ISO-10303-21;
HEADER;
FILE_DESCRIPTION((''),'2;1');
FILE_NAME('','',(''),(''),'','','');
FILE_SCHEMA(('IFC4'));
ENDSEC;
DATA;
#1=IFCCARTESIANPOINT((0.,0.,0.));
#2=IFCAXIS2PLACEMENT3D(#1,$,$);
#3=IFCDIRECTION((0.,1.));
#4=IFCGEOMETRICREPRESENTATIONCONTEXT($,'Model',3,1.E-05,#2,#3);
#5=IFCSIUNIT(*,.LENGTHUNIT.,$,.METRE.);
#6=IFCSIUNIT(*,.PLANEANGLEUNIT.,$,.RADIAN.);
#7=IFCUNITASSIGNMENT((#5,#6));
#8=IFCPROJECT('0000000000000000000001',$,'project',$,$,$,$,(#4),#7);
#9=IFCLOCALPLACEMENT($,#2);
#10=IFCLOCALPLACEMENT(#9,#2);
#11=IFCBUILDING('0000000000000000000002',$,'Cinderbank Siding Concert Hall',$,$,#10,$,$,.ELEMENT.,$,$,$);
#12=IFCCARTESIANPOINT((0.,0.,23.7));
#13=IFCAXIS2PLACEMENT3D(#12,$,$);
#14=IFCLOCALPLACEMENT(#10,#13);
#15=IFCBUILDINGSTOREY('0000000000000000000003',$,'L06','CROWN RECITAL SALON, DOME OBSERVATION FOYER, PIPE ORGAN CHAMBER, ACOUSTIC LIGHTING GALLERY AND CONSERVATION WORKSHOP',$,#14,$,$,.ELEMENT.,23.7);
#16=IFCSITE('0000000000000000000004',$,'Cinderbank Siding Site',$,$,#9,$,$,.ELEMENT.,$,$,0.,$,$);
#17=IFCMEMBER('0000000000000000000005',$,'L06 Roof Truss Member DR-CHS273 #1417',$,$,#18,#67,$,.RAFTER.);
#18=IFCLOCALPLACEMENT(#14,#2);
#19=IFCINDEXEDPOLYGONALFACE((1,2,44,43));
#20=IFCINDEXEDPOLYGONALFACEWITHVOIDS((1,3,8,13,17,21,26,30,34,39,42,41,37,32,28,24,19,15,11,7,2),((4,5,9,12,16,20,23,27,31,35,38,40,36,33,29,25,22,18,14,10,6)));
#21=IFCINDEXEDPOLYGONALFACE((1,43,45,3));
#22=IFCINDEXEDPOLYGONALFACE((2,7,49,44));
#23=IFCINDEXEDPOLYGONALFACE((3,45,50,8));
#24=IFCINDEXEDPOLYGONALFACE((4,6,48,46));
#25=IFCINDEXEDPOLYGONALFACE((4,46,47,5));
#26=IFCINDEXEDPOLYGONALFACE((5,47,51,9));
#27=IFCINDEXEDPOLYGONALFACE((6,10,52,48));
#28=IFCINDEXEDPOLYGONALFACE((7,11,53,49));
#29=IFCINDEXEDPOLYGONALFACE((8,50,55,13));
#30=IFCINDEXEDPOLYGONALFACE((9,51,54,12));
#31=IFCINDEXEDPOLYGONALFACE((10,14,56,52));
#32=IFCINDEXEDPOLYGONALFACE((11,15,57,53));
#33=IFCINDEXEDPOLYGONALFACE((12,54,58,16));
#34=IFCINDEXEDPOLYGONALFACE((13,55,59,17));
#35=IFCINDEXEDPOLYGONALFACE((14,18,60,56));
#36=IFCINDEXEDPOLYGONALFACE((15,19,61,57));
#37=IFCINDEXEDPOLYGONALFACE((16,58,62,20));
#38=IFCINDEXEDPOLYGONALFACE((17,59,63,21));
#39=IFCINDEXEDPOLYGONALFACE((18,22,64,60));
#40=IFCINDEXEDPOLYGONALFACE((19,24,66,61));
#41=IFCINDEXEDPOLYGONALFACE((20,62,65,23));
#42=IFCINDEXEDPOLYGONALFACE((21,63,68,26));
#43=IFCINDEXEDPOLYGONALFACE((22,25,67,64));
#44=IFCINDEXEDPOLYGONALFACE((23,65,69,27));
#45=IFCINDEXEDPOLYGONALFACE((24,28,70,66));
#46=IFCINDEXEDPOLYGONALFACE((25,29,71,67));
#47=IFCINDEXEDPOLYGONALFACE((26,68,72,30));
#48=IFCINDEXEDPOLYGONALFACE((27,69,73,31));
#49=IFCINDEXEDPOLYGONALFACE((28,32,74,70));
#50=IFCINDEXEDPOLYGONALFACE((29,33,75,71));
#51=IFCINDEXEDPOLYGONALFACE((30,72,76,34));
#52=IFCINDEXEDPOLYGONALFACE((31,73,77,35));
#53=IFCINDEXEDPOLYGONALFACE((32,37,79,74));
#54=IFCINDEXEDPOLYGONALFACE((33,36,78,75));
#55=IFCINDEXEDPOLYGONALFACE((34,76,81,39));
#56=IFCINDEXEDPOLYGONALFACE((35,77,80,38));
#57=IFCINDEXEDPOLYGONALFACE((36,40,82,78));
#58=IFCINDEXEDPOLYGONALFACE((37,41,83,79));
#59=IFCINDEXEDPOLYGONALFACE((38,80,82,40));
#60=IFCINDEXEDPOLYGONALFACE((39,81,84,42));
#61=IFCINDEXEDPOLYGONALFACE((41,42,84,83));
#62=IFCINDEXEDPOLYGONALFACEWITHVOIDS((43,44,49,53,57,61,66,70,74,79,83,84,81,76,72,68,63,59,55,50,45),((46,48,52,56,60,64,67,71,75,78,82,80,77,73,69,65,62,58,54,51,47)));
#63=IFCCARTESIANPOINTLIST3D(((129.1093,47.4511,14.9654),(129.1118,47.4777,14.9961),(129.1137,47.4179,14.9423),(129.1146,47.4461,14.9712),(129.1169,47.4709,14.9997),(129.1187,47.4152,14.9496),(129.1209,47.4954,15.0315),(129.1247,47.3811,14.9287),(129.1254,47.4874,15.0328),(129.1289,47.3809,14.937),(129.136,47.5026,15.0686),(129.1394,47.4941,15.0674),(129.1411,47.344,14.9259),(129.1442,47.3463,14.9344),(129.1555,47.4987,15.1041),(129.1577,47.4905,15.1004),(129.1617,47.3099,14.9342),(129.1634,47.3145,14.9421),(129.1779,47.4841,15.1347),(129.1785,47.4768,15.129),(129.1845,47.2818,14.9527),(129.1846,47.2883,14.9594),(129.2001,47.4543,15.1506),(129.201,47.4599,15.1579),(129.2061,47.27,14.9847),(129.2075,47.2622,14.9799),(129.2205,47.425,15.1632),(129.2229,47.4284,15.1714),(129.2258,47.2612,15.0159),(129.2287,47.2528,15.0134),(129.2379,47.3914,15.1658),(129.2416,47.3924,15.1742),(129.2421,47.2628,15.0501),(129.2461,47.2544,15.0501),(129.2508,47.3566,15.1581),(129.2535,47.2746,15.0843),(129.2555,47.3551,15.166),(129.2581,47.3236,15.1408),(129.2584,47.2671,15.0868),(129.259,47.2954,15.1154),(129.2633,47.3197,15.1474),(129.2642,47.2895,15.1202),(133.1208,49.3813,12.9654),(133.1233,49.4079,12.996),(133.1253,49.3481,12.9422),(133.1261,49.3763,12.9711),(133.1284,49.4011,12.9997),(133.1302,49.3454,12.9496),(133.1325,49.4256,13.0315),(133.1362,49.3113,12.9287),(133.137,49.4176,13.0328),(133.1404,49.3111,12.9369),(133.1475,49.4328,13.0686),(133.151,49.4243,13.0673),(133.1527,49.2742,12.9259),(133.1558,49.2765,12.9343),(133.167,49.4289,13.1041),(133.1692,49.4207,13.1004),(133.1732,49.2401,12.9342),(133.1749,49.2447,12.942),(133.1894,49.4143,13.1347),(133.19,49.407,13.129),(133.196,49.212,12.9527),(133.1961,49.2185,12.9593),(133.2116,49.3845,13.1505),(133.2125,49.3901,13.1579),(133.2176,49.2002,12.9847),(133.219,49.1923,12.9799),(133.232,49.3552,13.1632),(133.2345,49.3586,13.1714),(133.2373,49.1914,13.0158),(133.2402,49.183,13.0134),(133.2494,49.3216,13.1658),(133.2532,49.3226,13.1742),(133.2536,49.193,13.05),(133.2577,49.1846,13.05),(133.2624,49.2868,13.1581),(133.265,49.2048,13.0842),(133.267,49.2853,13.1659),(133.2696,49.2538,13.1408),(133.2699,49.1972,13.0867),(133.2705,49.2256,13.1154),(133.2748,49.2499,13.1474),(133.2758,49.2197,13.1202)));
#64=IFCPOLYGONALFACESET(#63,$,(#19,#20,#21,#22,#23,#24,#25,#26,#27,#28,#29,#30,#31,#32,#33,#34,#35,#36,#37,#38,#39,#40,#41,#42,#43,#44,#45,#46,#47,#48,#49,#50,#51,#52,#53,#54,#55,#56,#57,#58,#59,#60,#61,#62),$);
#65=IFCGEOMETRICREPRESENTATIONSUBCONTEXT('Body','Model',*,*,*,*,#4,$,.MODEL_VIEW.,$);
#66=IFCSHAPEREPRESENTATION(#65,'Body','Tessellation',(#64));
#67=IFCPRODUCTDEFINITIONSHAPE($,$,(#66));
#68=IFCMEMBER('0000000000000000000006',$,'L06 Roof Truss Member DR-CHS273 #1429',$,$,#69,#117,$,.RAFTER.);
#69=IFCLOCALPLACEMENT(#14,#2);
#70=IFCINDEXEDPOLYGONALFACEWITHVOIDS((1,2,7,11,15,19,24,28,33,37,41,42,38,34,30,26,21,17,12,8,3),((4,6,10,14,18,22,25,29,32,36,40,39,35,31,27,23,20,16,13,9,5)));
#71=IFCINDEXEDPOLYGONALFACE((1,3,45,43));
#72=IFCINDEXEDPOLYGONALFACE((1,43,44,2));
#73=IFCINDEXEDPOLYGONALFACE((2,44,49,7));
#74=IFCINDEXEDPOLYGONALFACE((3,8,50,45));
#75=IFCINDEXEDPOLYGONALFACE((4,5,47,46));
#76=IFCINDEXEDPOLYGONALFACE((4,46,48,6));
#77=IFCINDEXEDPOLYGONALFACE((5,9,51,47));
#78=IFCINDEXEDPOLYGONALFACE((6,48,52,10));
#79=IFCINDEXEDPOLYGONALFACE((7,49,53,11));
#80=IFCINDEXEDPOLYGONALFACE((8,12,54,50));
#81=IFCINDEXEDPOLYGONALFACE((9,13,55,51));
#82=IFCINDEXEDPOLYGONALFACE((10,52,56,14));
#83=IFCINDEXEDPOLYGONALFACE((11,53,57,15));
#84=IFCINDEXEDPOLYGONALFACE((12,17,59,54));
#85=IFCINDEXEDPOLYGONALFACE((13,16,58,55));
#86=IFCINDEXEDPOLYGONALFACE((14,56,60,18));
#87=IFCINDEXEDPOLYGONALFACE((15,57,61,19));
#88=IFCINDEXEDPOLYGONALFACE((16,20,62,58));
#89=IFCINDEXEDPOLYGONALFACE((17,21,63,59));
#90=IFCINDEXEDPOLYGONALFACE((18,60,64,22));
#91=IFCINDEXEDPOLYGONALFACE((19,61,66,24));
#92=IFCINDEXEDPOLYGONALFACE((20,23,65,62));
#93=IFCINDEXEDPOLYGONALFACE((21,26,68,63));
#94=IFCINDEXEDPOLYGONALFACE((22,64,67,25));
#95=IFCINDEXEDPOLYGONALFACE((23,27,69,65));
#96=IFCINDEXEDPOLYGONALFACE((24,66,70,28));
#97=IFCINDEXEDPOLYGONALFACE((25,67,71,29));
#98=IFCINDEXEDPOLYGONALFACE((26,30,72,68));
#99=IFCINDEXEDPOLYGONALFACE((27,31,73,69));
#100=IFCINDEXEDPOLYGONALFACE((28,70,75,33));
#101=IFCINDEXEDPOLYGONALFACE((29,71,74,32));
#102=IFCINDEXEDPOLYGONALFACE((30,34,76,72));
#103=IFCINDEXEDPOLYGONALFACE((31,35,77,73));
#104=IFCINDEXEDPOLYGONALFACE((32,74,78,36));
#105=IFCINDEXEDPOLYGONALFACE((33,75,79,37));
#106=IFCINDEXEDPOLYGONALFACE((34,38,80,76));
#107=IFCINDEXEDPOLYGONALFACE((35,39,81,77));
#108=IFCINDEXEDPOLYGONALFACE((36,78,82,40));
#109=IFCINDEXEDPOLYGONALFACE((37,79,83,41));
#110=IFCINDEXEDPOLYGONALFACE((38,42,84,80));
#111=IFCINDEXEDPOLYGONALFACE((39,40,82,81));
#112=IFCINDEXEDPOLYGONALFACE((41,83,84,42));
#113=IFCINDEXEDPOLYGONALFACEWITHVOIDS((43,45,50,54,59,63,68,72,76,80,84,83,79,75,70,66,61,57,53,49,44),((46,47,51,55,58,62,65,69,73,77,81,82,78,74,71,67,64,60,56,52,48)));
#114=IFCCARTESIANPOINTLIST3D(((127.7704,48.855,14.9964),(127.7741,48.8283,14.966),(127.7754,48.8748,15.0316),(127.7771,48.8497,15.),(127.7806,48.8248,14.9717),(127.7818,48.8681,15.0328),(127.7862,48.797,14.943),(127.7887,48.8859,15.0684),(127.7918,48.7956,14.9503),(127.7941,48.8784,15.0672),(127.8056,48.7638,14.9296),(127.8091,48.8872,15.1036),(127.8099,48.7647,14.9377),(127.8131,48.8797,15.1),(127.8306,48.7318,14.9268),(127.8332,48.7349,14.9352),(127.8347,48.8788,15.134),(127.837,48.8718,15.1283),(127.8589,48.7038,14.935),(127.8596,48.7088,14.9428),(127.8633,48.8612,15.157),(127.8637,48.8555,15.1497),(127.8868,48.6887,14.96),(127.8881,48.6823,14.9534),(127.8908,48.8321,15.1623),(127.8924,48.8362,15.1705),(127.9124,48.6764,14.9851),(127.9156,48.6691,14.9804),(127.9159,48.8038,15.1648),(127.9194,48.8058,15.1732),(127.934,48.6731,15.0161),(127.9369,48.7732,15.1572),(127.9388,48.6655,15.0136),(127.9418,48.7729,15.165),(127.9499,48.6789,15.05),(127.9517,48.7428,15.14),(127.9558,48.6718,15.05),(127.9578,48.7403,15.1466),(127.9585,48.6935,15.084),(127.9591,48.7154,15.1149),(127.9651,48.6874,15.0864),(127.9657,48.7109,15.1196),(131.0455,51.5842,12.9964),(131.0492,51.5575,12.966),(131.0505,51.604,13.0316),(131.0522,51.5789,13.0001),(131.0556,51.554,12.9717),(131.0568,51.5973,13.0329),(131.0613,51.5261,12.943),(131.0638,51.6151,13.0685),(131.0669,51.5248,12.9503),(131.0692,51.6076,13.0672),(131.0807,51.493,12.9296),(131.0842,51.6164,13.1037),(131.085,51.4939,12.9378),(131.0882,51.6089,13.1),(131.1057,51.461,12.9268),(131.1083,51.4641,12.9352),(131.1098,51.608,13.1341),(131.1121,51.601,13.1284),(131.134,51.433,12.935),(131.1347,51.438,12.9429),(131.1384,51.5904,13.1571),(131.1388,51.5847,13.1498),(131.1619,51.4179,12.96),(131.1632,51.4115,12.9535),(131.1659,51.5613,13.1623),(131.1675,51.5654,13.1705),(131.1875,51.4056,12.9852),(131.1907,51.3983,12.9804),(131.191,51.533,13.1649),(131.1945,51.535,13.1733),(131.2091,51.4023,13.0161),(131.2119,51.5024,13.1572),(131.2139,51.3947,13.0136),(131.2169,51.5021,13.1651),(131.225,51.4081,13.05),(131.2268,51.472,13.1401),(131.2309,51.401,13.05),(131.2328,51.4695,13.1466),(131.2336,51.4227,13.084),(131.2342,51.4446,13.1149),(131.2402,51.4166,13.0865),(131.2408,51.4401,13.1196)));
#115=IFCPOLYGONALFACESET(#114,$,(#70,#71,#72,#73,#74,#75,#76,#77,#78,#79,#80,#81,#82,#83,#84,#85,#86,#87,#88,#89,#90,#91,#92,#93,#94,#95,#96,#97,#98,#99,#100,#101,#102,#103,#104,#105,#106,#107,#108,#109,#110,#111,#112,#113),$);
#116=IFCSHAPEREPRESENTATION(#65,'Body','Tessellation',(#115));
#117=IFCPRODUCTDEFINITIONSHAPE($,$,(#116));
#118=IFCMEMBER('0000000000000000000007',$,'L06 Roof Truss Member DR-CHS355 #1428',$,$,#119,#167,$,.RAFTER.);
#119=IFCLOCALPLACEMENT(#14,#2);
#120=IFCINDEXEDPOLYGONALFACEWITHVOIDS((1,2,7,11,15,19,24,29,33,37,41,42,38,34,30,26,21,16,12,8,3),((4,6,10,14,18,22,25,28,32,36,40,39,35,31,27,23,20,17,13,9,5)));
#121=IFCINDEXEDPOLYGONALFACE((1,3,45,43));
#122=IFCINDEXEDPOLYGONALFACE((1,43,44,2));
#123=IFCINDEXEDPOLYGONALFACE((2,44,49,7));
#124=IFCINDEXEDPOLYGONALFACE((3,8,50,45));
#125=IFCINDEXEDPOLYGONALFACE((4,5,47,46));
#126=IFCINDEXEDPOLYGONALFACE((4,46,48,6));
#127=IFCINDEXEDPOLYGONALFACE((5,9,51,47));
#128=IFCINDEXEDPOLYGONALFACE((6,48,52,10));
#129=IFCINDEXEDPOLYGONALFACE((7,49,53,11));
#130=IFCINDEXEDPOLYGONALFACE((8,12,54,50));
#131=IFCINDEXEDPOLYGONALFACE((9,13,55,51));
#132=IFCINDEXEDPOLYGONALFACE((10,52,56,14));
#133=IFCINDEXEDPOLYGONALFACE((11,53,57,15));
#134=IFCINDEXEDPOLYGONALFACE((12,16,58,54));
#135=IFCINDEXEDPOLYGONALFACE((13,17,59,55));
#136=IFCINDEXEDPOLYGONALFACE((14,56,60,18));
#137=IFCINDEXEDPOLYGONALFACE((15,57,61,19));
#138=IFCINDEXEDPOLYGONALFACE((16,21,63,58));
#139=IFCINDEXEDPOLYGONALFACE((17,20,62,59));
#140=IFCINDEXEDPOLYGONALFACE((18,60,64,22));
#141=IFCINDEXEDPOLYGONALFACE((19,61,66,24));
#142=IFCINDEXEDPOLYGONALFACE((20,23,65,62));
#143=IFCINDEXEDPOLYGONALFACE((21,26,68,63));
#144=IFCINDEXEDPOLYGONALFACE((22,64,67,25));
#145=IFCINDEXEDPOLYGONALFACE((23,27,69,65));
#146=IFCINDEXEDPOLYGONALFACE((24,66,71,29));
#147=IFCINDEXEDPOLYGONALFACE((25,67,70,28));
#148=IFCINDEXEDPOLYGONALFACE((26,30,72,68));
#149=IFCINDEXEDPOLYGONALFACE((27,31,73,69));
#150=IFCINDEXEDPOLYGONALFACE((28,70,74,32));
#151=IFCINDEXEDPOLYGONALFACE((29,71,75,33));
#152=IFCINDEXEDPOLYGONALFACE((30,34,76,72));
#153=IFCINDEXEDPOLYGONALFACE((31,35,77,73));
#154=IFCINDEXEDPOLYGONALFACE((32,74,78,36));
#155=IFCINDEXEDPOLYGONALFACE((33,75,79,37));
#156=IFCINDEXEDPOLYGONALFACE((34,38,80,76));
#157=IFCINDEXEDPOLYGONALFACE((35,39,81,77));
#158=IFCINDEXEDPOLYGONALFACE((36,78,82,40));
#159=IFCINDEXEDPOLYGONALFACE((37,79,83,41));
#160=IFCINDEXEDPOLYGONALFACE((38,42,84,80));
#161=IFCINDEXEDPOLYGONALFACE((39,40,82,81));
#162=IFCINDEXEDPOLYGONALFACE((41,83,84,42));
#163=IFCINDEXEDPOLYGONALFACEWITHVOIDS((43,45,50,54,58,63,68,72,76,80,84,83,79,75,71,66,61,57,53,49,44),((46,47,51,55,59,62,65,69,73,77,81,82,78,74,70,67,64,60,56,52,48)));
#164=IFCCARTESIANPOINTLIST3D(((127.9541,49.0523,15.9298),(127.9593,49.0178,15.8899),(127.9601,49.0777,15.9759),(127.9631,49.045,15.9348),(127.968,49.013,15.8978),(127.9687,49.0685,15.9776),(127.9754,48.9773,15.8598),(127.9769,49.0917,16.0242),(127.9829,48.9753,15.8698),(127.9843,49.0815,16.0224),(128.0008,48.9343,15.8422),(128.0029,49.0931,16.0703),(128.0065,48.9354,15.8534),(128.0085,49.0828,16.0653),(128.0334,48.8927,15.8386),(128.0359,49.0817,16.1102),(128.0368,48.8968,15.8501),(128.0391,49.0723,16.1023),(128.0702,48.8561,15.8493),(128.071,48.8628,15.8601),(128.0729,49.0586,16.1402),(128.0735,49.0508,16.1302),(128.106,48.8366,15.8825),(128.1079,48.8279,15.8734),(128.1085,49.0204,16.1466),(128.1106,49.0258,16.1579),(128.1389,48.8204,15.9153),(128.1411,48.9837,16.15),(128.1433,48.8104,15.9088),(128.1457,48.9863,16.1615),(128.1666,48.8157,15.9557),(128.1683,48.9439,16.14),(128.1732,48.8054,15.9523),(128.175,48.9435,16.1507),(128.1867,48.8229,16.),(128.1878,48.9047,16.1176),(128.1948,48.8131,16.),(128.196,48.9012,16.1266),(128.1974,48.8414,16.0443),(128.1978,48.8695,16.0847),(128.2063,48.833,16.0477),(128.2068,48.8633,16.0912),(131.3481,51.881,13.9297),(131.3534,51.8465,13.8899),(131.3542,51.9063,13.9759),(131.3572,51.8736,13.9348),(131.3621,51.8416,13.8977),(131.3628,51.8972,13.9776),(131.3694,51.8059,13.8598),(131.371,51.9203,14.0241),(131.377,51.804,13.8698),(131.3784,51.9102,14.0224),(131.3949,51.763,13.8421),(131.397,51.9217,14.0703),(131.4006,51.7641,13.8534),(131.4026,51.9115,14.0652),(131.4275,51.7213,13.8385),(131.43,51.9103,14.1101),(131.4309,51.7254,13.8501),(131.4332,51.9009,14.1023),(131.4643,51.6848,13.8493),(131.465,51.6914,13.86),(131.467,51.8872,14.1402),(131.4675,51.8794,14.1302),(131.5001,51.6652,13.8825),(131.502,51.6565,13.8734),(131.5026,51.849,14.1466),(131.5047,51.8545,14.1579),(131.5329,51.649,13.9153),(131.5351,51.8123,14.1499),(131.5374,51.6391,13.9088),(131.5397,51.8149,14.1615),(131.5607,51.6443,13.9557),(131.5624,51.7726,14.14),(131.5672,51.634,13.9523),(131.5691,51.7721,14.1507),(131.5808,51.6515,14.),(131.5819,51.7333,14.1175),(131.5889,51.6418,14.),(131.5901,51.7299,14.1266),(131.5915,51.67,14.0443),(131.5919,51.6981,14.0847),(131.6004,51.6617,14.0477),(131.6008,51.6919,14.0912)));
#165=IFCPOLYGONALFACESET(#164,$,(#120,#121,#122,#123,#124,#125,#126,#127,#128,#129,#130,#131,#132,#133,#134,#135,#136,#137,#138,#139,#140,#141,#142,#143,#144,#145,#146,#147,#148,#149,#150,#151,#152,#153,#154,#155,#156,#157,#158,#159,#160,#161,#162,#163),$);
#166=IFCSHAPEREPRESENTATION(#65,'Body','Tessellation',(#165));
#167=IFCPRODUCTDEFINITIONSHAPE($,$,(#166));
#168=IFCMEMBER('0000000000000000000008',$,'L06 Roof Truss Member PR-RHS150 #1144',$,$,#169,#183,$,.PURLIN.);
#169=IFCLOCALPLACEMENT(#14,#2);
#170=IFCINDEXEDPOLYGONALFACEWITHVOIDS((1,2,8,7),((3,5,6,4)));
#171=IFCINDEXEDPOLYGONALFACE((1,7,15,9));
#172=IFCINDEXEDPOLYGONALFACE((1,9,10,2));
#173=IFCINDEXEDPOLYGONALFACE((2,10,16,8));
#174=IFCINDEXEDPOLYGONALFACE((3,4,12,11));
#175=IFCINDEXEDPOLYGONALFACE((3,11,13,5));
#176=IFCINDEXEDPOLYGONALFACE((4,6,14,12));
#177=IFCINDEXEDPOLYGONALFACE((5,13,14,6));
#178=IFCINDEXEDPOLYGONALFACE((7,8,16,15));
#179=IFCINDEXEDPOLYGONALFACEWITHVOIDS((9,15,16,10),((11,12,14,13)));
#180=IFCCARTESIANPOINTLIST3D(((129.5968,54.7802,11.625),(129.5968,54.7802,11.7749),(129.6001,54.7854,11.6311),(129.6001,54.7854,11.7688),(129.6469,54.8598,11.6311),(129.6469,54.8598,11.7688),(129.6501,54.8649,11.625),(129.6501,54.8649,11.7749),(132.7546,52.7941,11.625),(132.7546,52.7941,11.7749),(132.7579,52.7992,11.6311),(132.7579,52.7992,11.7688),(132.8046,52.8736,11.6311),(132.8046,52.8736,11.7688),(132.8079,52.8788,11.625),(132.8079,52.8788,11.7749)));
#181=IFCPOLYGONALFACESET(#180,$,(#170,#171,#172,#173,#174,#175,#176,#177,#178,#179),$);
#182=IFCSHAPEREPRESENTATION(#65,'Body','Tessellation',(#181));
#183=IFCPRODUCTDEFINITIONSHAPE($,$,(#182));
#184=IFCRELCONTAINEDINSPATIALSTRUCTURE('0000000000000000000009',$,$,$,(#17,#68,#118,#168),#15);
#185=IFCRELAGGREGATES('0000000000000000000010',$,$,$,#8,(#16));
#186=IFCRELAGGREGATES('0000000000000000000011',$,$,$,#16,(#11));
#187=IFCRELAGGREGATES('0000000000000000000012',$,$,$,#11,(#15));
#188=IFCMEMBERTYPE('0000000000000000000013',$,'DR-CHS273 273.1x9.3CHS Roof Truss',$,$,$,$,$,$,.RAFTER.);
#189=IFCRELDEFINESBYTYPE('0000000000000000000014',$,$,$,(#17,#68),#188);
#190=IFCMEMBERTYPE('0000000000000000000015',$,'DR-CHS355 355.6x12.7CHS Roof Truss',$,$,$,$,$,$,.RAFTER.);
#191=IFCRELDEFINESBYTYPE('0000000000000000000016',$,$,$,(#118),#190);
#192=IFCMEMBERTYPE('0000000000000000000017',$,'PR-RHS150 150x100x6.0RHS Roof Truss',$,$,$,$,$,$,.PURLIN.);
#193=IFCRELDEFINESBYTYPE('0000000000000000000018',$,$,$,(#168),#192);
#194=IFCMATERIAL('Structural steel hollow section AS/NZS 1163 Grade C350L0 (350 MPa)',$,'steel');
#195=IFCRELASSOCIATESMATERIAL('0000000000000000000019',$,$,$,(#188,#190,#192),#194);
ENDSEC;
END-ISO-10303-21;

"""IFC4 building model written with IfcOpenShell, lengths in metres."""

from ifc_helpers import new_model, si_unit, direction, frame, origin, origin_2d, place, context, subcontext, project, spatial, hollow_rectangle, hollow_circle, extrude, material, material_profile, profile_set, type_object, element, save


model = new_model("IFC4")

# Units and contexts
model_context = context("Model", 3, precision=1e-05, world=origin(), true_north=direction((0.0, 1.0)))
body_context = subcontext(model_context, "Body", "Model", "MODEL_VIEW")
ifc_project = project(units=[si_unit("LENGTHUNIT", "METRE"), si_unit("PLANEANGLEUNIT", "RADIAN")], contexts=[model_context])

# Site, building, storey
site_placement = place(None, origin())
site = spatial("IfcSite", under=ifc_project, at=site_placement, Name="Cinderbank Siding Site", CompositionType="ELEMENT", RefElevation=0.0)
building_placement = place(site_placement, origin())
building = spatial("IfcBuilding", under=site, at=building_placement, Name="Cinderbank Siding Concert Hall", CompositionType="ELEMENT")
storey_placement = place(building_placement, frame((0.0, 0.0, 23.7)))
storey = spatial("IfcBuildingStorey", under=building, at=storey_placement, Name="L06", Description="CROWN RECITAL SALON, DOME OBSERVATION FOYER, PIPE ORGAN CHAMBER, ACOUSTIC LIGHTING GALLERY AND CONSERVATION WORKSHOP", CompositionType="ELEMENT", Elevation=23.7)

# Members
ifc_material_1 = material(Name="Structural steel hollow section AS/NZS 1163 Grade C350L0 (350 MPa)", Category="steel")
ifc_material_profile_1 = material_profile(ifc_material_1, hollow_circle(Radius=0.1365, WallThickness=0.0093, at=origin_2d()), Name="273.1x9.3CHS", Category="LoadBearing")
ifc_profile_set_1 = profile_set([ifc_material_profile_1], Name="Structural steel hollow section AS/NZS 1163 Grade C350L0 (350 MPa)")
member_type_1 = type_object("IfcMemberType", Name="DR-CHS273 273.1x9.3CHS Roof Truss", PredefinedType="RAFTER", material=ifc_profile_set_1)
member_1_placement = place(storey_placement, frame((133.1985, 49.3076, 13.05), z_axis=(-0.82197, -0.395502, 0.409809), x_axis=(0.433583, -0.901114, 0.0)))
element("IfcMember", 1, at=member_1_placement, inside=storey, type_object=member_type_1, Name="L06 Roof Truss Member DR-CHS273 #1417", PredefinedType="RAFTER", context=body_context, shape_type="SweptSolid", body=[
    extrude(hollow_circle(Radius=0.1365, WallThickness=0.0093, at=origin_2d()), origin(), (0.0, 0.0, 1.0), 4.8804),
])
member_2_placement = place(storey_placement, frame((131.1436, 51.5059, 13.05), z_axis=(-0.695497, -0.579572, 0.424712), x_axis=(0.640179, -0.768226, 0.0)))
element("IfcMember", 2, at=member_2_placement, inside=storey, type_object=member_type_1, Name="L06 Roof Truss Member DR-CHS273 #1429", PredefinedType="RAFTER", context=body_context, shape_type="SweptSolid", body=[
    extrude(hollow_circle(Radius=0.1365, WallThickness=0.0093, at=origin_2d()), origin(), (0.0, 0.0, 1.0), 4.709),
])
ifc_material_profile_2 = material_profile(ifc_material_1, hollow_circle(Radius=0.1777, WallThickness=0.0127, at=origin_2d()), Name="355.6x12.7CHS", Category="LoadBearing")
ifc_profile_set_2 = profile_set([ifc_material_profile_2], Name="Structural steel hollow section AS/NZS 1163 Grade C350L0 (350 MPa)")
member_type_2 = type_object("IfcMemberType", Name="DR-CHS355 355.6x12.7CHS Roof Truss", PredefinedType="RAFTER", material=ifc_profile_set_2)
member_3_placement = place(storey_placement, frame((131.4751, 51.7783, 14.0), z_axis=(-0.699831, -0.583243, 0.412388), x_axis=(0.640217, -0.768194, 0.0)))
element("IfcMember", 3, at=member_3_placement, inside=storey, type_object=member_type_2, Name="L06 Roof Truss Member DR-CHS355 #1428", PredefinedType="RAFTER", context=body_context, shape_type="SweptSolid", body=[
    extrude(hollow_circle(Radius=0.1777, WallThickness=0.0127, at=origin_2d()), origin(), (0.0, 0.0, 1.0), 4.8499),
])
ifc_material_profile_3 = material_profile(ifc_material_1, hollow_rectangle(XDim=0.1001, YDim=0.1499, WallThickness=0.0061, at=origin_2d()), Name="150x100x6.0RHS", Category="LoadBearing")
ifc_profile_set_3 = profile_set([ifc_material_profile_3], Name="Structural steel hollow section AS/NZS 1163 Grade C350L0 (350 MPa)")
member_type_3 = type_object("IfcMemberType", Name="PR-RHS150 150x100x6.0RHS Roof Truss", PredefinedType="PURLIN", material=ifc_profile_set_3)
member_4_placement = place(storey_placement, frame((132.7812, 52.8364, 11.7), z_axis=(-0.846487, 0.532409, 0.0), x_axis=(-0.532409, -0.846487, 0.0)))
element("IfcMember", 4, at=member_4_placement, inside=storey, type_object=member_type_3, Name="L06 Roof Truss Member PR-RHS150 #1144", PredefinedType="PURLIN", context=body_context, shape_type="SweptSolid", body=[
    extrude(hollow_rectangle(XDim=0.1001, YDim=0.1499, WallThickness=0.0061, at=origin_2d()), origin(), (0.0, 0.0, 1.0), 3.7305),
])

save(model, "model.ifc")
